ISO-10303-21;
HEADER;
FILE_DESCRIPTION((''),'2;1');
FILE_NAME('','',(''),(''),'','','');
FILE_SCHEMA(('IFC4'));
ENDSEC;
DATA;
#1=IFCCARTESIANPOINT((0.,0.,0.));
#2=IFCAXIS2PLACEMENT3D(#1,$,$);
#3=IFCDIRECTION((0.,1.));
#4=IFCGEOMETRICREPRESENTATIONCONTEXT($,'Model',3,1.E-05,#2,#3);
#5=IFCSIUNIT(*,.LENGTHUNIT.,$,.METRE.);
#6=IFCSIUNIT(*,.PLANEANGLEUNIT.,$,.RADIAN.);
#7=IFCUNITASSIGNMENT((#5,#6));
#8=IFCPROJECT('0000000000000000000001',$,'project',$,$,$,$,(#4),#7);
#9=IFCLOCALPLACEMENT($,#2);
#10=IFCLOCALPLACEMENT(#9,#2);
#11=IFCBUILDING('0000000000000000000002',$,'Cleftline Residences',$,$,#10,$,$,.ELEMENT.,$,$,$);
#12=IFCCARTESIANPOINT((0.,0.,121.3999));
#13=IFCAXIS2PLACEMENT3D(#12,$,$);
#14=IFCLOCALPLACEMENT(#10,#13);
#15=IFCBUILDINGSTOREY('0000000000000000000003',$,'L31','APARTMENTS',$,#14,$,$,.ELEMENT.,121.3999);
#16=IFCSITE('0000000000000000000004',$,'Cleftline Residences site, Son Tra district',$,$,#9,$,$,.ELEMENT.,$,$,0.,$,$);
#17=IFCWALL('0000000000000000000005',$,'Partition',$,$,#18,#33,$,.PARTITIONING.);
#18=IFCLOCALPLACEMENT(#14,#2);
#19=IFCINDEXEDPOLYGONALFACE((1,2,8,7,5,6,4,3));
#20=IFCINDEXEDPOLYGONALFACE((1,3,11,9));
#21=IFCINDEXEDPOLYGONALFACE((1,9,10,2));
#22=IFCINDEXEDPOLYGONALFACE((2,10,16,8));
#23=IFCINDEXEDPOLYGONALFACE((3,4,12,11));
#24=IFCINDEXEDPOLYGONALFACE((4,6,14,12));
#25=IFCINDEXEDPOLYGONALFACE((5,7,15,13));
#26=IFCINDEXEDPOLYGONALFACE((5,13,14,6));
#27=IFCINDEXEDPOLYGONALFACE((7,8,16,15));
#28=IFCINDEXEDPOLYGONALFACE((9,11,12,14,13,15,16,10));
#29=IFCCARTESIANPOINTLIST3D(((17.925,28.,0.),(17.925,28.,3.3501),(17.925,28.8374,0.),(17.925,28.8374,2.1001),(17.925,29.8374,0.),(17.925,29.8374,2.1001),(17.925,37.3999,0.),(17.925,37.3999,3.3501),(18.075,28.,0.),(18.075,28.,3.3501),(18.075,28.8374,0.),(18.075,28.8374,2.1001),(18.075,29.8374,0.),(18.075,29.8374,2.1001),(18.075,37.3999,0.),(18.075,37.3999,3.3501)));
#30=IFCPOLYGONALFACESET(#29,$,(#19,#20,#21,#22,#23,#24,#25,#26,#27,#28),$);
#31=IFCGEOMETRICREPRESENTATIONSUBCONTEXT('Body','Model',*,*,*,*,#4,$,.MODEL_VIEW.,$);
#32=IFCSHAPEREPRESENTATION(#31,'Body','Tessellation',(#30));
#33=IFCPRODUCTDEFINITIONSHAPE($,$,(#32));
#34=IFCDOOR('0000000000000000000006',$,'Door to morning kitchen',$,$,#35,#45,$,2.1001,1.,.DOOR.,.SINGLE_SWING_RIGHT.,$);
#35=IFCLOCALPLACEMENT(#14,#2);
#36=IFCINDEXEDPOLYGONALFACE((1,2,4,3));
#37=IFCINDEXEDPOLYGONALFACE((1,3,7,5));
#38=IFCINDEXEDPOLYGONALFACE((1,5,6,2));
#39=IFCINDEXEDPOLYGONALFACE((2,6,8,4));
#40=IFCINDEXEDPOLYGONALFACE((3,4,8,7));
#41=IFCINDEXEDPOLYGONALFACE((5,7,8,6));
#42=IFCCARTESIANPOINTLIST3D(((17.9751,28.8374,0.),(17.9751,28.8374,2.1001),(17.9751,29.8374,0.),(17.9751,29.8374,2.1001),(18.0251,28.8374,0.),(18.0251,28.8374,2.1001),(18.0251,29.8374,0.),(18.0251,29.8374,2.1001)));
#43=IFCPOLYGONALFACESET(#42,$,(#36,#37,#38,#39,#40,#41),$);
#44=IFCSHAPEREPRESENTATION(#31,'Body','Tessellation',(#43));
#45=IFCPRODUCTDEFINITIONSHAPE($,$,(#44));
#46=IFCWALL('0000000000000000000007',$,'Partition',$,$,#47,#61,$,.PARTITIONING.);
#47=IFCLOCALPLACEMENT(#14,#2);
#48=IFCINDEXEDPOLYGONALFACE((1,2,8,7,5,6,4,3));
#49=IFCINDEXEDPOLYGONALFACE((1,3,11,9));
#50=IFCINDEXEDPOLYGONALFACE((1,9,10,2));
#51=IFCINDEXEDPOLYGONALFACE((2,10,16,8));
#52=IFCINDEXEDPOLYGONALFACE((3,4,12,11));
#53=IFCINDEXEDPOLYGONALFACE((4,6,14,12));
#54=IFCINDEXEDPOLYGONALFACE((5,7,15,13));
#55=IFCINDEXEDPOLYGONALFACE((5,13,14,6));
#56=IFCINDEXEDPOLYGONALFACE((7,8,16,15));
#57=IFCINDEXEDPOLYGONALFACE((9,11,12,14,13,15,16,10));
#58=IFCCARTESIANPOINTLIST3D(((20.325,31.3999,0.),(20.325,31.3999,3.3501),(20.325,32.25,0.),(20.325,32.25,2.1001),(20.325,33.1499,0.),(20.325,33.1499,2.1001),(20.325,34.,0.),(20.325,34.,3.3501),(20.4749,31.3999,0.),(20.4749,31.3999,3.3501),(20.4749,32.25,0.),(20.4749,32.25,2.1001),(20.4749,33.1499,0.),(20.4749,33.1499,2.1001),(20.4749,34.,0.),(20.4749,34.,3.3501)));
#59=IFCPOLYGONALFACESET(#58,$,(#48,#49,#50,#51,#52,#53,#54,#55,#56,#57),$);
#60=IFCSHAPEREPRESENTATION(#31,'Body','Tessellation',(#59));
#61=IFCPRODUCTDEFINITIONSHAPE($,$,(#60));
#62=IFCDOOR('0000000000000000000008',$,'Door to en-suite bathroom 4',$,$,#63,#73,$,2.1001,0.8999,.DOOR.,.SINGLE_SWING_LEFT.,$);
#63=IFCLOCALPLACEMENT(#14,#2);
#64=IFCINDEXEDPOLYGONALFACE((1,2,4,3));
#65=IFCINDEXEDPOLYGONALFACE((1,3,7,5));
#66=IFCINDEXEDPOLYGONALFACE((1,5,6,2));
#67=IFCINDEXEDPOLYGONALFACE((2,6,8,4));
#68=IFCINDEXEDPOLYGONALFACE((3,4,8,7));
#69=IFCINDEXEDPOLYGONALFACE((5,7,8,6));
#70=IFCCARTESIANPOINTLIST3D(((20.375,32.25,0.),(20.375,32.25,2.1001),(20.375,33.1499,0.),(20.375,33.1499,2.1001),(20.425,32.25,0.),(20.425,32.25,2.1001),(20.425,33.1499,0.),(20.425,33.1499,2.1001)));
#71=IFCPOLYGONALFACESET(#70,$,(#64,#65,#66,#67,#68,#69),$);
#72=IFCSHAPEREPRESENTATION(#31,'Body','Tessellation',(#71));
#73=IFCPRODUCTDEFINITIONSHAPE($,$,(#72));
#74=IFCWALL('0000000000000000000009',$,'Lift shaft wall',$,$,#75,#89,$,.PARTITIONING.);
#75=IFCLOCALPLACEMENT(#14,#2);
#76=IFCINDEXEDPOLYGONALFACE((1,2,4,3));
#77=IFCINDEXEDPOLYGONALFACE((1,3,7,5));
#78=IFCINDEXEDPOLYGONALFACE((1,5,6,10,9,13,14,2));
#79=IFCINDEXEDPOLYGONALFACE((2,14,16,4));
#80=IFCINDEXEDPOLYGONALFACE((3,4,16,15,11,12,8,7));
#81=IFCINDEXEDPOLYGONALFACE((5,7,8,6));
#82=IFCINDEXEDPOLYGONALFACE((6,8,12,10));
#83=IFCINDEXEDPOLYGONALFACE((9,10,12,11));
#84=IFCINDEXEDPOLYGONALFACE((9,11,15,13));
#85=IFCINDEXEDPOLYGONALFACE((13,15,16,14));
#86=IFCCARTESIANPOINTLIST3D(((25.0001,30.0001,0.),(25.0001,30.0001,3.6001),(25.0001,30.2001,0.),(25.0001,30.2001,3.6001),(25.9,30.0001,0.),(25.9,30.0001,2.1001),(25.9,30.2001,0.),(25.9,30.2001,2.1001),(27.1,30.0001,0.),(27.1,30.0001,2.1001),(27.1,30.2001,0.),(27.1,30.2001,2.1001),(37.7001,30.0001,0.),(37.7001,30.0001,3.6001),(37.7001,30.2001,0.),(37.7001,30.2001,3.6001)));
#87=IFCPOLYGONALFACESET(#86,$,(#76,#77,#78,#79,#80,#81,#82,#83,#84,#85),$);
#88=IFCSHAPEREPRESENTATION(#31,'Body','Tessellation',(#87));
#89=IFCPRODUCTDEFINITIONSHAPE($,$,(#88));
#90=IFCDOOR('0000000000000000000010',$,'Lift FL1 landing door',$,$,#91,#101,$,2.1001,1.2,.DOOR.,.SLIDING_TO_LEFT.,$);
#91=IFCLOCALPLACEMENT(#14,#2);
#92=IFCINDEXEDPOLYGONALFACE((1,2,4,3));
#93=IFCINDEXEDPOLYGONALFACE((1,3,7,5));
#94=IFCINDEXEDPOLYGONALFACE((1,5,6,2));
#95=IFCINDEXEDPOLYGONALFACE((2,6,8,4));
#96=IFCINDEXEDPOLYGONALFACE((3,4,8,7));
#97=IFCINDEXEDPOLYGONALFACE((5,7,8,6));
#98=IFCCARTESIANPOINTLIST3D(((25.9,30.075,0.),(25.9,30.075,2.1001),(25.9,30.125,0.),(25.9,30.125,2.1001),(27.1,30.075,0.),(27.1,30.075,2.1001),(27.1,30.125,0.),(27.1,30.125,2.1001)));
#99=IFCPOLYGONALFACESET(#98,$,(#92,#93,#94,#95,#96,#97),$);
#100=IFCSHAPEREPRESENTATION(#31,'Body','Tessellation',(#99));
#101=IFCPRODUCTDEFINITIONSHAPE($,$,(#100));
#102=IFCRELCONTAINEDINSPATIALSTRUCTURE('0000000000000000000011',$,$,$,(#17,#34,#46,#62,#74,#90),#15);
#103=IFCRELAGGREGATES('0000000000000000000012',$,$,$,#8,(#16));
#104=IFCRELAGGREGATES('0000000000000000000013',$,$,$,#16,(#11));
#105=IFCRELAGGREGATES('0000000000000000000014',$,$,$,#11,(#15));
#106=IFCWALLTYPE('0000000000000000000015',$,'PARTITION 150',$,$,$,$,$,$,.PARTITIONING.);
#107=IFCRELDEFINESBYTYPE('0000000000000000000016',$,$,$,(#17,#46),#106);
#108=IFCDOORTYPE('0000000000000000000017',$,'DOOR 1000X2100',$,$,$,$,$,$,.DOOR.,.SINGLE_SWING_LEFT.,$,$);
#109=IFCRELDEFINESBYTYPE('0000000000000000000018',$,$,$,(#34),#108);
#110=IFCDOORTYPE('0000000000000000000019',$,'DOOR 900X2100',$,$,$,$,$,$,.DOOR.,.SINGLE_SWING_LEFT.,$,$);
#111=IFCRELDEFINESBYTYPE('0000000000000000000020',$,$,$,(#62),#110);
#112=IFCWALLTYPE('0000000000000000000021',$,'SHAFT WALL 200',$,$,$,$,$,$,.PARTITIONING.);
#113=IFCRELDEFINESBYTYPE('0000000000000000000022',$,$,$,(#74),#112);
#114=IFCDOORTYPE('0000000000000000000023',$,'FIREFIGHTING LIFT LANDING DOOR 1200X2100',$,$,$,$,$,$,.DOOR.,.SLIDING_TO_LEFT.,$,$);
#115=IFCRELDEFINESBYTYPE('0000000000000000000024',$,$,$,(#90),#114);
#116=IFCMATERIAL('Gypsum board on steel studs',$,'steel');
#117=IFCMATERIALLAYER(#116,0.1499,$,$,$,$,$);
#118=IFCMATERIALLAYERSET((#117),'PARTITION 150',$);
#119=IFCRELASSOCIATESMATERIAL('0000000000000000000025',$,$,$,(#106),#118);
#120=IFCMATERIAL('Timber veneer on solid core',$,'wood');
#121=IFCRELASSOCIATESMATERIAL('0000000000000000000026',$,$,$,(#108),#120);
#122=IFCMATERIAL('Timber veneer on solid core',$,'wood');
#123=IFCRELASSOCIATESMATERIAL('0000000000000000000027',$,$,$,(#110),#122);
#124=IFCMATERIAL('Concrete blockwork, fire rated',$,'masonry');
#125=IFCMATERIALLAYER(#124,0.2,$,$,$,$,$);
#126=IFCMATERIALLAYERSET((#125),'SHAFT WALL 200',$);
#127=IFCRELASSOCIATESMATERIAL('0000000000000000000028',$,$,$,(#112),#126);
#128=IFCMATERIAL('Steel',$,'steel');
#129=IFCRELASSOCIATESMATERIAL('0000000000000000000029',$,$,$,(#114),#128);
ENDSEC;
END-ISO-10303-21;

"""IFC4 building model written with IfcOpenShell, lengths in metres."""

from ifc_helpers import new_model, si_unit, direction, frame, frame_2d, origin, place, context, subcontext, project, spatial, rectangle, extrude, material, layer, layer_set, type_object, element, fill, save


model = new_model("IFC4")

# Units and contexts
model_context = context("Model", 3, precision=1e-05, world=origin(), true_north=direction((0.0, 1.0)))
body_context = subcontext(model_context, "Body", "Model", "MODEL_VIEW")
ifc_project = project(units=[si_unit("LENGTHUNIT", "METRE"), si_unit("PLANEANGLEUNIT", "RADIAN")], contexts=[model_context])

# Site, building, storey
site_placement = place(None, origin())
site = spatial("IfcSite", under=ifc_project, at=site_placement, Name="Cleftline Residences site, Son Tra district", CompositionType="ELEMENT", RefElevation=0.0)
building_placement = place(site_placement, origin())
building = spatial("IfcBuilding", under=site, at=building_placement, Name="Cleftline Residences", CompositionType="ELEMENT")
storey_placement = place(building_placement, frame((0.0, 0.0, 121.3999)))
storey = spatial("IfcBuildingStorey", under=building, at=storey_placement, Name="L31", Description="APARTMENTS", CompositionType="ELEMENT", Elevation=121.3999)

# Shared definitions
ifc_material_1 = material(Name="Gypsum board on steel studs", Category="steel")
ifc_layer_1 = layer(ifc_material_1, 0.1499)
ifc_layer_set_1 = layer_set([ifc_layer_1], Name="PARTITION 150")
wall_type_1 = type_object("IfcWallType", Name="PARTITION 150", PredefinedType="PARTITIONING", material=ifc_layer_set_1)
ifc_material_2 = material(Name="Timber veneer on solid core", Category="wood")
door_type_1 = type_object("IfcDoorType", Name="DOOR 1000X2100", OperationType="SINGLE_SWING_LEFT", PredefinedType="DOOR", material=ifc_material_2)

# Walls, openings, doors
wall_1_placement = place(storey_placement, frame((18.0, 28.0, 0.0), z_axis=(0.0, 0.0, 1.0), x_axis=(0.0, 1.0, 0.0)))
wall_1 = element("IfcWall", 1, at=wall_1_placement, inside=storey, type_object=wall_type_1, Name="Partition", PredefinedType="PARTITIONING", context=body_context, shape_type="SweptSolid", body=[
    extrude(rectangle(XDim=9.3999, YDim=0.1499, at=frame_2d((4.7, 0.0))), origin(), (0.0, 0.0, 1.0), 3.3501),
])
opening_1_placement = place(wall_1_placement, frame((0.8374, 0.0, 0.0)))
opening_1 = element("IfcOpeningElement", 2, at=opening_1_placement, cuts=wall_1, PredefinedType="OPENING", context=body_context, shape_type="SweptSolid", body=[
    extrude(rectangle(XDim=1.0, YDim=2.1001, at=frame_2d((0.5, 1.05))), frame((0.0, 0.085, 0.0), z_axis=(0.0, -1.0, 0.0), x_axis=(1.0, 0.0, 0.0)), (0.0, 0.0, 1.0), 0.1699),
])
door_1_placement = place(opening_1_placement, origin())
door_1 = element("IfcDoor", 3, at=door_1_placement, inside=storey, type_object=door_type_1, Name="Door to morning kitchen", OperationType="SINGLE_SWING_RIGHT", OverallHeight=2.1001, OverallWidth=1.0, PredefinedType="DOOR", context=body_context, shape_type="SweptSolid", body=[
    extrude(rectangle(XDim=1.0, YDim=2.1001, at=frame_2d((0.5, 1.05))), frame((0.0, 0.0249, 0.0), z_axis=(0.0, -1.0, 0.0), x_axis=(1.0, 0.0, 0.0)), (0.0, 0.0, 1.0), 0.05),
])
fill(opening_1, door_1)
wall_2_placement = place(storey_placement, frame((20.3999, 31.3999, 0.0), z_axis=(0.0, 0.0, 1.0), x_axis=(0.0, 1.0, 0.0)))
wall_2 = element("IfcWall", 4, at=wall_2_placement, inside=storey, type_object=wall_type_1, Name="Partition", PredefinedType="PARTITIONING", context=body_context, shape_type="SweptSolid", body=[
    extrude(rectangle(XDim=2.6001, YDim=0.1499, at=frame_2d((1.3, 0.0))), origin(), (0.0, 0.0, 1.0), 3.3501),
])
opening_2_placement = place(wall_2_placement, frame((0.8501, 0.0, 0.0)))
opening_2 = element("IfcOpeningElement", 5, at=opening_2_placement, cuts=wall_2, PredefinedType="OPENING", context=body_context, shape_type="SweptSolid", body=[
    extrude(rectangle(XDim=0.8999, YDim=2.1001, at=frame_2d((0.45, 1.05))), frame((0.0, 0.085, 0.0), z_axis=(0.0, -1.0, 0.0), x_axis=(1.0, 0.0, 0.0)), (0.0, 0.0, 1.0), 0.1699),
])
ifc_material_3 = material(Name="Timber veneer on solid core", Category="wood")
door_type_2 = type_object("IfcDoorType", Name="DOOR 900X2100", OperationType="SINGLE_SWING_LEFT", PredefinedType="DOOR", material=ifc_material_3)
door_2_placement = place(opening_2_placement, origin())
door_2 = element("IfcDoor", 6, at=door_2_placement, inside=storey, type_object=door_type_2, Name="Door to en-suite bathroom 4", OperationType="SINGLE_SWING_LEFT", OverallHeight=2.1001, OverallWidth=0.8999, PredefinedType="DOOR", context=body_context, shape_type="SweptSolid", body=[
    extrude(rectangle(XDim=0.8999, YDim=2.1001, at=frame_2d((0.45, 1.05))), frame((0.0, 0.0249, 0.0), z_axis=(0.0, -1.0, 0.0), x_axis=(1.0, 0.0, 0.0)), (0.0, 0.0, 1.0), 0.05),
])
fill(opening_2, door_2)
ifc_material_4 = material(Name="Concrete blockwork, fire rated", Category="masonry")
ifc_layer_2 = layer(ifc_material_4, 0.2)
ifc_layer_set_2 = layer_set([ifc_layer_2], Name="SHAFT WALL 200")
wall_type_2 = type_object("IfcWallType", Name="SHAFT WALL 200", PredefinedType="PARTITIONING", material=ifc_layer_set_2)
wall_3_placement = place(storey_placement, frame((25.0, 30.1001, 0.0), z_axis=(0.0, 0.0, 1.0), x_axis=(1.0, 0.0, 0.0)))
wall_3 = element("IfcWall", 7, at=wall_3_placement, inside=storey, type_object=wall_type_2, Name="Lift shaft wall", PredefinedType="PARTITIONING", context=body_context, shape_type="SweptSolid", body=[
    extrude(rectangle(XDim=12.7, YDim=0.2, at=frame_2d((6.3501, 0.0))), origin(), (0.0, 0.0, 1.0), 3.6001),
])
opening_3_placement = place(wall_3_placement, frame((0.8999, 0.0, 0.0)))
opening_3 = element("IfcOpeningElement", 8, at=opening_3_placement, cuts=wall_3, PredefinedType="OPENING", context=body_context, shape_type="SweptSolid", body=[
    extrude(rectangle(XDim=1.2, YDim=2.1001, at=frame_2d((0.6001, 1.05))), frame((0.0, 0.1099, 0.0), z_axis=(0.0, -1.0, 0.0), x_axis=(1.0, 0.0, 0.0)), (0.0, 0.0, 1.0), 0.22),
])
ifc_material_5 = material(Name="Steel", Category="steel")
door_type_3 = type_object("IfcDoorType", Name="FIREFIGHTING LIFT LANDING DOOR 1200X2100", OperationType="SLIDING_TO_LEFT", PredefinedType="DOOR", material=ifc_material_5)
door_3_placement = place(opening_3_placement, origin())
door_3 = element("IfcDoor", 9, at=door_3_placement, inside=storey, type_object=door_type_3, Name="Lift FL1 landing door", OperationType="SLIDING_TO_LEFT", OverallHeight=2.1001, OverallWidth=1.2, PredefinedType="DOOR", context=body_context, shape_type="SweptSolid", body=[
    extrude(rectangle(XDim=1.2, YDim=2.1001, at=frame_2d((0.6001, 1.05))), frame((0.0, 0.0249, 0.0), z_axis=(0.0, -1.0, 0.0), x_axis=(1.0, 0.0, 0.0)), (0.0, 0.0, 1.0), 0.05),
])
fill(opening_3, door_3)

save(model, "model.ifc")
